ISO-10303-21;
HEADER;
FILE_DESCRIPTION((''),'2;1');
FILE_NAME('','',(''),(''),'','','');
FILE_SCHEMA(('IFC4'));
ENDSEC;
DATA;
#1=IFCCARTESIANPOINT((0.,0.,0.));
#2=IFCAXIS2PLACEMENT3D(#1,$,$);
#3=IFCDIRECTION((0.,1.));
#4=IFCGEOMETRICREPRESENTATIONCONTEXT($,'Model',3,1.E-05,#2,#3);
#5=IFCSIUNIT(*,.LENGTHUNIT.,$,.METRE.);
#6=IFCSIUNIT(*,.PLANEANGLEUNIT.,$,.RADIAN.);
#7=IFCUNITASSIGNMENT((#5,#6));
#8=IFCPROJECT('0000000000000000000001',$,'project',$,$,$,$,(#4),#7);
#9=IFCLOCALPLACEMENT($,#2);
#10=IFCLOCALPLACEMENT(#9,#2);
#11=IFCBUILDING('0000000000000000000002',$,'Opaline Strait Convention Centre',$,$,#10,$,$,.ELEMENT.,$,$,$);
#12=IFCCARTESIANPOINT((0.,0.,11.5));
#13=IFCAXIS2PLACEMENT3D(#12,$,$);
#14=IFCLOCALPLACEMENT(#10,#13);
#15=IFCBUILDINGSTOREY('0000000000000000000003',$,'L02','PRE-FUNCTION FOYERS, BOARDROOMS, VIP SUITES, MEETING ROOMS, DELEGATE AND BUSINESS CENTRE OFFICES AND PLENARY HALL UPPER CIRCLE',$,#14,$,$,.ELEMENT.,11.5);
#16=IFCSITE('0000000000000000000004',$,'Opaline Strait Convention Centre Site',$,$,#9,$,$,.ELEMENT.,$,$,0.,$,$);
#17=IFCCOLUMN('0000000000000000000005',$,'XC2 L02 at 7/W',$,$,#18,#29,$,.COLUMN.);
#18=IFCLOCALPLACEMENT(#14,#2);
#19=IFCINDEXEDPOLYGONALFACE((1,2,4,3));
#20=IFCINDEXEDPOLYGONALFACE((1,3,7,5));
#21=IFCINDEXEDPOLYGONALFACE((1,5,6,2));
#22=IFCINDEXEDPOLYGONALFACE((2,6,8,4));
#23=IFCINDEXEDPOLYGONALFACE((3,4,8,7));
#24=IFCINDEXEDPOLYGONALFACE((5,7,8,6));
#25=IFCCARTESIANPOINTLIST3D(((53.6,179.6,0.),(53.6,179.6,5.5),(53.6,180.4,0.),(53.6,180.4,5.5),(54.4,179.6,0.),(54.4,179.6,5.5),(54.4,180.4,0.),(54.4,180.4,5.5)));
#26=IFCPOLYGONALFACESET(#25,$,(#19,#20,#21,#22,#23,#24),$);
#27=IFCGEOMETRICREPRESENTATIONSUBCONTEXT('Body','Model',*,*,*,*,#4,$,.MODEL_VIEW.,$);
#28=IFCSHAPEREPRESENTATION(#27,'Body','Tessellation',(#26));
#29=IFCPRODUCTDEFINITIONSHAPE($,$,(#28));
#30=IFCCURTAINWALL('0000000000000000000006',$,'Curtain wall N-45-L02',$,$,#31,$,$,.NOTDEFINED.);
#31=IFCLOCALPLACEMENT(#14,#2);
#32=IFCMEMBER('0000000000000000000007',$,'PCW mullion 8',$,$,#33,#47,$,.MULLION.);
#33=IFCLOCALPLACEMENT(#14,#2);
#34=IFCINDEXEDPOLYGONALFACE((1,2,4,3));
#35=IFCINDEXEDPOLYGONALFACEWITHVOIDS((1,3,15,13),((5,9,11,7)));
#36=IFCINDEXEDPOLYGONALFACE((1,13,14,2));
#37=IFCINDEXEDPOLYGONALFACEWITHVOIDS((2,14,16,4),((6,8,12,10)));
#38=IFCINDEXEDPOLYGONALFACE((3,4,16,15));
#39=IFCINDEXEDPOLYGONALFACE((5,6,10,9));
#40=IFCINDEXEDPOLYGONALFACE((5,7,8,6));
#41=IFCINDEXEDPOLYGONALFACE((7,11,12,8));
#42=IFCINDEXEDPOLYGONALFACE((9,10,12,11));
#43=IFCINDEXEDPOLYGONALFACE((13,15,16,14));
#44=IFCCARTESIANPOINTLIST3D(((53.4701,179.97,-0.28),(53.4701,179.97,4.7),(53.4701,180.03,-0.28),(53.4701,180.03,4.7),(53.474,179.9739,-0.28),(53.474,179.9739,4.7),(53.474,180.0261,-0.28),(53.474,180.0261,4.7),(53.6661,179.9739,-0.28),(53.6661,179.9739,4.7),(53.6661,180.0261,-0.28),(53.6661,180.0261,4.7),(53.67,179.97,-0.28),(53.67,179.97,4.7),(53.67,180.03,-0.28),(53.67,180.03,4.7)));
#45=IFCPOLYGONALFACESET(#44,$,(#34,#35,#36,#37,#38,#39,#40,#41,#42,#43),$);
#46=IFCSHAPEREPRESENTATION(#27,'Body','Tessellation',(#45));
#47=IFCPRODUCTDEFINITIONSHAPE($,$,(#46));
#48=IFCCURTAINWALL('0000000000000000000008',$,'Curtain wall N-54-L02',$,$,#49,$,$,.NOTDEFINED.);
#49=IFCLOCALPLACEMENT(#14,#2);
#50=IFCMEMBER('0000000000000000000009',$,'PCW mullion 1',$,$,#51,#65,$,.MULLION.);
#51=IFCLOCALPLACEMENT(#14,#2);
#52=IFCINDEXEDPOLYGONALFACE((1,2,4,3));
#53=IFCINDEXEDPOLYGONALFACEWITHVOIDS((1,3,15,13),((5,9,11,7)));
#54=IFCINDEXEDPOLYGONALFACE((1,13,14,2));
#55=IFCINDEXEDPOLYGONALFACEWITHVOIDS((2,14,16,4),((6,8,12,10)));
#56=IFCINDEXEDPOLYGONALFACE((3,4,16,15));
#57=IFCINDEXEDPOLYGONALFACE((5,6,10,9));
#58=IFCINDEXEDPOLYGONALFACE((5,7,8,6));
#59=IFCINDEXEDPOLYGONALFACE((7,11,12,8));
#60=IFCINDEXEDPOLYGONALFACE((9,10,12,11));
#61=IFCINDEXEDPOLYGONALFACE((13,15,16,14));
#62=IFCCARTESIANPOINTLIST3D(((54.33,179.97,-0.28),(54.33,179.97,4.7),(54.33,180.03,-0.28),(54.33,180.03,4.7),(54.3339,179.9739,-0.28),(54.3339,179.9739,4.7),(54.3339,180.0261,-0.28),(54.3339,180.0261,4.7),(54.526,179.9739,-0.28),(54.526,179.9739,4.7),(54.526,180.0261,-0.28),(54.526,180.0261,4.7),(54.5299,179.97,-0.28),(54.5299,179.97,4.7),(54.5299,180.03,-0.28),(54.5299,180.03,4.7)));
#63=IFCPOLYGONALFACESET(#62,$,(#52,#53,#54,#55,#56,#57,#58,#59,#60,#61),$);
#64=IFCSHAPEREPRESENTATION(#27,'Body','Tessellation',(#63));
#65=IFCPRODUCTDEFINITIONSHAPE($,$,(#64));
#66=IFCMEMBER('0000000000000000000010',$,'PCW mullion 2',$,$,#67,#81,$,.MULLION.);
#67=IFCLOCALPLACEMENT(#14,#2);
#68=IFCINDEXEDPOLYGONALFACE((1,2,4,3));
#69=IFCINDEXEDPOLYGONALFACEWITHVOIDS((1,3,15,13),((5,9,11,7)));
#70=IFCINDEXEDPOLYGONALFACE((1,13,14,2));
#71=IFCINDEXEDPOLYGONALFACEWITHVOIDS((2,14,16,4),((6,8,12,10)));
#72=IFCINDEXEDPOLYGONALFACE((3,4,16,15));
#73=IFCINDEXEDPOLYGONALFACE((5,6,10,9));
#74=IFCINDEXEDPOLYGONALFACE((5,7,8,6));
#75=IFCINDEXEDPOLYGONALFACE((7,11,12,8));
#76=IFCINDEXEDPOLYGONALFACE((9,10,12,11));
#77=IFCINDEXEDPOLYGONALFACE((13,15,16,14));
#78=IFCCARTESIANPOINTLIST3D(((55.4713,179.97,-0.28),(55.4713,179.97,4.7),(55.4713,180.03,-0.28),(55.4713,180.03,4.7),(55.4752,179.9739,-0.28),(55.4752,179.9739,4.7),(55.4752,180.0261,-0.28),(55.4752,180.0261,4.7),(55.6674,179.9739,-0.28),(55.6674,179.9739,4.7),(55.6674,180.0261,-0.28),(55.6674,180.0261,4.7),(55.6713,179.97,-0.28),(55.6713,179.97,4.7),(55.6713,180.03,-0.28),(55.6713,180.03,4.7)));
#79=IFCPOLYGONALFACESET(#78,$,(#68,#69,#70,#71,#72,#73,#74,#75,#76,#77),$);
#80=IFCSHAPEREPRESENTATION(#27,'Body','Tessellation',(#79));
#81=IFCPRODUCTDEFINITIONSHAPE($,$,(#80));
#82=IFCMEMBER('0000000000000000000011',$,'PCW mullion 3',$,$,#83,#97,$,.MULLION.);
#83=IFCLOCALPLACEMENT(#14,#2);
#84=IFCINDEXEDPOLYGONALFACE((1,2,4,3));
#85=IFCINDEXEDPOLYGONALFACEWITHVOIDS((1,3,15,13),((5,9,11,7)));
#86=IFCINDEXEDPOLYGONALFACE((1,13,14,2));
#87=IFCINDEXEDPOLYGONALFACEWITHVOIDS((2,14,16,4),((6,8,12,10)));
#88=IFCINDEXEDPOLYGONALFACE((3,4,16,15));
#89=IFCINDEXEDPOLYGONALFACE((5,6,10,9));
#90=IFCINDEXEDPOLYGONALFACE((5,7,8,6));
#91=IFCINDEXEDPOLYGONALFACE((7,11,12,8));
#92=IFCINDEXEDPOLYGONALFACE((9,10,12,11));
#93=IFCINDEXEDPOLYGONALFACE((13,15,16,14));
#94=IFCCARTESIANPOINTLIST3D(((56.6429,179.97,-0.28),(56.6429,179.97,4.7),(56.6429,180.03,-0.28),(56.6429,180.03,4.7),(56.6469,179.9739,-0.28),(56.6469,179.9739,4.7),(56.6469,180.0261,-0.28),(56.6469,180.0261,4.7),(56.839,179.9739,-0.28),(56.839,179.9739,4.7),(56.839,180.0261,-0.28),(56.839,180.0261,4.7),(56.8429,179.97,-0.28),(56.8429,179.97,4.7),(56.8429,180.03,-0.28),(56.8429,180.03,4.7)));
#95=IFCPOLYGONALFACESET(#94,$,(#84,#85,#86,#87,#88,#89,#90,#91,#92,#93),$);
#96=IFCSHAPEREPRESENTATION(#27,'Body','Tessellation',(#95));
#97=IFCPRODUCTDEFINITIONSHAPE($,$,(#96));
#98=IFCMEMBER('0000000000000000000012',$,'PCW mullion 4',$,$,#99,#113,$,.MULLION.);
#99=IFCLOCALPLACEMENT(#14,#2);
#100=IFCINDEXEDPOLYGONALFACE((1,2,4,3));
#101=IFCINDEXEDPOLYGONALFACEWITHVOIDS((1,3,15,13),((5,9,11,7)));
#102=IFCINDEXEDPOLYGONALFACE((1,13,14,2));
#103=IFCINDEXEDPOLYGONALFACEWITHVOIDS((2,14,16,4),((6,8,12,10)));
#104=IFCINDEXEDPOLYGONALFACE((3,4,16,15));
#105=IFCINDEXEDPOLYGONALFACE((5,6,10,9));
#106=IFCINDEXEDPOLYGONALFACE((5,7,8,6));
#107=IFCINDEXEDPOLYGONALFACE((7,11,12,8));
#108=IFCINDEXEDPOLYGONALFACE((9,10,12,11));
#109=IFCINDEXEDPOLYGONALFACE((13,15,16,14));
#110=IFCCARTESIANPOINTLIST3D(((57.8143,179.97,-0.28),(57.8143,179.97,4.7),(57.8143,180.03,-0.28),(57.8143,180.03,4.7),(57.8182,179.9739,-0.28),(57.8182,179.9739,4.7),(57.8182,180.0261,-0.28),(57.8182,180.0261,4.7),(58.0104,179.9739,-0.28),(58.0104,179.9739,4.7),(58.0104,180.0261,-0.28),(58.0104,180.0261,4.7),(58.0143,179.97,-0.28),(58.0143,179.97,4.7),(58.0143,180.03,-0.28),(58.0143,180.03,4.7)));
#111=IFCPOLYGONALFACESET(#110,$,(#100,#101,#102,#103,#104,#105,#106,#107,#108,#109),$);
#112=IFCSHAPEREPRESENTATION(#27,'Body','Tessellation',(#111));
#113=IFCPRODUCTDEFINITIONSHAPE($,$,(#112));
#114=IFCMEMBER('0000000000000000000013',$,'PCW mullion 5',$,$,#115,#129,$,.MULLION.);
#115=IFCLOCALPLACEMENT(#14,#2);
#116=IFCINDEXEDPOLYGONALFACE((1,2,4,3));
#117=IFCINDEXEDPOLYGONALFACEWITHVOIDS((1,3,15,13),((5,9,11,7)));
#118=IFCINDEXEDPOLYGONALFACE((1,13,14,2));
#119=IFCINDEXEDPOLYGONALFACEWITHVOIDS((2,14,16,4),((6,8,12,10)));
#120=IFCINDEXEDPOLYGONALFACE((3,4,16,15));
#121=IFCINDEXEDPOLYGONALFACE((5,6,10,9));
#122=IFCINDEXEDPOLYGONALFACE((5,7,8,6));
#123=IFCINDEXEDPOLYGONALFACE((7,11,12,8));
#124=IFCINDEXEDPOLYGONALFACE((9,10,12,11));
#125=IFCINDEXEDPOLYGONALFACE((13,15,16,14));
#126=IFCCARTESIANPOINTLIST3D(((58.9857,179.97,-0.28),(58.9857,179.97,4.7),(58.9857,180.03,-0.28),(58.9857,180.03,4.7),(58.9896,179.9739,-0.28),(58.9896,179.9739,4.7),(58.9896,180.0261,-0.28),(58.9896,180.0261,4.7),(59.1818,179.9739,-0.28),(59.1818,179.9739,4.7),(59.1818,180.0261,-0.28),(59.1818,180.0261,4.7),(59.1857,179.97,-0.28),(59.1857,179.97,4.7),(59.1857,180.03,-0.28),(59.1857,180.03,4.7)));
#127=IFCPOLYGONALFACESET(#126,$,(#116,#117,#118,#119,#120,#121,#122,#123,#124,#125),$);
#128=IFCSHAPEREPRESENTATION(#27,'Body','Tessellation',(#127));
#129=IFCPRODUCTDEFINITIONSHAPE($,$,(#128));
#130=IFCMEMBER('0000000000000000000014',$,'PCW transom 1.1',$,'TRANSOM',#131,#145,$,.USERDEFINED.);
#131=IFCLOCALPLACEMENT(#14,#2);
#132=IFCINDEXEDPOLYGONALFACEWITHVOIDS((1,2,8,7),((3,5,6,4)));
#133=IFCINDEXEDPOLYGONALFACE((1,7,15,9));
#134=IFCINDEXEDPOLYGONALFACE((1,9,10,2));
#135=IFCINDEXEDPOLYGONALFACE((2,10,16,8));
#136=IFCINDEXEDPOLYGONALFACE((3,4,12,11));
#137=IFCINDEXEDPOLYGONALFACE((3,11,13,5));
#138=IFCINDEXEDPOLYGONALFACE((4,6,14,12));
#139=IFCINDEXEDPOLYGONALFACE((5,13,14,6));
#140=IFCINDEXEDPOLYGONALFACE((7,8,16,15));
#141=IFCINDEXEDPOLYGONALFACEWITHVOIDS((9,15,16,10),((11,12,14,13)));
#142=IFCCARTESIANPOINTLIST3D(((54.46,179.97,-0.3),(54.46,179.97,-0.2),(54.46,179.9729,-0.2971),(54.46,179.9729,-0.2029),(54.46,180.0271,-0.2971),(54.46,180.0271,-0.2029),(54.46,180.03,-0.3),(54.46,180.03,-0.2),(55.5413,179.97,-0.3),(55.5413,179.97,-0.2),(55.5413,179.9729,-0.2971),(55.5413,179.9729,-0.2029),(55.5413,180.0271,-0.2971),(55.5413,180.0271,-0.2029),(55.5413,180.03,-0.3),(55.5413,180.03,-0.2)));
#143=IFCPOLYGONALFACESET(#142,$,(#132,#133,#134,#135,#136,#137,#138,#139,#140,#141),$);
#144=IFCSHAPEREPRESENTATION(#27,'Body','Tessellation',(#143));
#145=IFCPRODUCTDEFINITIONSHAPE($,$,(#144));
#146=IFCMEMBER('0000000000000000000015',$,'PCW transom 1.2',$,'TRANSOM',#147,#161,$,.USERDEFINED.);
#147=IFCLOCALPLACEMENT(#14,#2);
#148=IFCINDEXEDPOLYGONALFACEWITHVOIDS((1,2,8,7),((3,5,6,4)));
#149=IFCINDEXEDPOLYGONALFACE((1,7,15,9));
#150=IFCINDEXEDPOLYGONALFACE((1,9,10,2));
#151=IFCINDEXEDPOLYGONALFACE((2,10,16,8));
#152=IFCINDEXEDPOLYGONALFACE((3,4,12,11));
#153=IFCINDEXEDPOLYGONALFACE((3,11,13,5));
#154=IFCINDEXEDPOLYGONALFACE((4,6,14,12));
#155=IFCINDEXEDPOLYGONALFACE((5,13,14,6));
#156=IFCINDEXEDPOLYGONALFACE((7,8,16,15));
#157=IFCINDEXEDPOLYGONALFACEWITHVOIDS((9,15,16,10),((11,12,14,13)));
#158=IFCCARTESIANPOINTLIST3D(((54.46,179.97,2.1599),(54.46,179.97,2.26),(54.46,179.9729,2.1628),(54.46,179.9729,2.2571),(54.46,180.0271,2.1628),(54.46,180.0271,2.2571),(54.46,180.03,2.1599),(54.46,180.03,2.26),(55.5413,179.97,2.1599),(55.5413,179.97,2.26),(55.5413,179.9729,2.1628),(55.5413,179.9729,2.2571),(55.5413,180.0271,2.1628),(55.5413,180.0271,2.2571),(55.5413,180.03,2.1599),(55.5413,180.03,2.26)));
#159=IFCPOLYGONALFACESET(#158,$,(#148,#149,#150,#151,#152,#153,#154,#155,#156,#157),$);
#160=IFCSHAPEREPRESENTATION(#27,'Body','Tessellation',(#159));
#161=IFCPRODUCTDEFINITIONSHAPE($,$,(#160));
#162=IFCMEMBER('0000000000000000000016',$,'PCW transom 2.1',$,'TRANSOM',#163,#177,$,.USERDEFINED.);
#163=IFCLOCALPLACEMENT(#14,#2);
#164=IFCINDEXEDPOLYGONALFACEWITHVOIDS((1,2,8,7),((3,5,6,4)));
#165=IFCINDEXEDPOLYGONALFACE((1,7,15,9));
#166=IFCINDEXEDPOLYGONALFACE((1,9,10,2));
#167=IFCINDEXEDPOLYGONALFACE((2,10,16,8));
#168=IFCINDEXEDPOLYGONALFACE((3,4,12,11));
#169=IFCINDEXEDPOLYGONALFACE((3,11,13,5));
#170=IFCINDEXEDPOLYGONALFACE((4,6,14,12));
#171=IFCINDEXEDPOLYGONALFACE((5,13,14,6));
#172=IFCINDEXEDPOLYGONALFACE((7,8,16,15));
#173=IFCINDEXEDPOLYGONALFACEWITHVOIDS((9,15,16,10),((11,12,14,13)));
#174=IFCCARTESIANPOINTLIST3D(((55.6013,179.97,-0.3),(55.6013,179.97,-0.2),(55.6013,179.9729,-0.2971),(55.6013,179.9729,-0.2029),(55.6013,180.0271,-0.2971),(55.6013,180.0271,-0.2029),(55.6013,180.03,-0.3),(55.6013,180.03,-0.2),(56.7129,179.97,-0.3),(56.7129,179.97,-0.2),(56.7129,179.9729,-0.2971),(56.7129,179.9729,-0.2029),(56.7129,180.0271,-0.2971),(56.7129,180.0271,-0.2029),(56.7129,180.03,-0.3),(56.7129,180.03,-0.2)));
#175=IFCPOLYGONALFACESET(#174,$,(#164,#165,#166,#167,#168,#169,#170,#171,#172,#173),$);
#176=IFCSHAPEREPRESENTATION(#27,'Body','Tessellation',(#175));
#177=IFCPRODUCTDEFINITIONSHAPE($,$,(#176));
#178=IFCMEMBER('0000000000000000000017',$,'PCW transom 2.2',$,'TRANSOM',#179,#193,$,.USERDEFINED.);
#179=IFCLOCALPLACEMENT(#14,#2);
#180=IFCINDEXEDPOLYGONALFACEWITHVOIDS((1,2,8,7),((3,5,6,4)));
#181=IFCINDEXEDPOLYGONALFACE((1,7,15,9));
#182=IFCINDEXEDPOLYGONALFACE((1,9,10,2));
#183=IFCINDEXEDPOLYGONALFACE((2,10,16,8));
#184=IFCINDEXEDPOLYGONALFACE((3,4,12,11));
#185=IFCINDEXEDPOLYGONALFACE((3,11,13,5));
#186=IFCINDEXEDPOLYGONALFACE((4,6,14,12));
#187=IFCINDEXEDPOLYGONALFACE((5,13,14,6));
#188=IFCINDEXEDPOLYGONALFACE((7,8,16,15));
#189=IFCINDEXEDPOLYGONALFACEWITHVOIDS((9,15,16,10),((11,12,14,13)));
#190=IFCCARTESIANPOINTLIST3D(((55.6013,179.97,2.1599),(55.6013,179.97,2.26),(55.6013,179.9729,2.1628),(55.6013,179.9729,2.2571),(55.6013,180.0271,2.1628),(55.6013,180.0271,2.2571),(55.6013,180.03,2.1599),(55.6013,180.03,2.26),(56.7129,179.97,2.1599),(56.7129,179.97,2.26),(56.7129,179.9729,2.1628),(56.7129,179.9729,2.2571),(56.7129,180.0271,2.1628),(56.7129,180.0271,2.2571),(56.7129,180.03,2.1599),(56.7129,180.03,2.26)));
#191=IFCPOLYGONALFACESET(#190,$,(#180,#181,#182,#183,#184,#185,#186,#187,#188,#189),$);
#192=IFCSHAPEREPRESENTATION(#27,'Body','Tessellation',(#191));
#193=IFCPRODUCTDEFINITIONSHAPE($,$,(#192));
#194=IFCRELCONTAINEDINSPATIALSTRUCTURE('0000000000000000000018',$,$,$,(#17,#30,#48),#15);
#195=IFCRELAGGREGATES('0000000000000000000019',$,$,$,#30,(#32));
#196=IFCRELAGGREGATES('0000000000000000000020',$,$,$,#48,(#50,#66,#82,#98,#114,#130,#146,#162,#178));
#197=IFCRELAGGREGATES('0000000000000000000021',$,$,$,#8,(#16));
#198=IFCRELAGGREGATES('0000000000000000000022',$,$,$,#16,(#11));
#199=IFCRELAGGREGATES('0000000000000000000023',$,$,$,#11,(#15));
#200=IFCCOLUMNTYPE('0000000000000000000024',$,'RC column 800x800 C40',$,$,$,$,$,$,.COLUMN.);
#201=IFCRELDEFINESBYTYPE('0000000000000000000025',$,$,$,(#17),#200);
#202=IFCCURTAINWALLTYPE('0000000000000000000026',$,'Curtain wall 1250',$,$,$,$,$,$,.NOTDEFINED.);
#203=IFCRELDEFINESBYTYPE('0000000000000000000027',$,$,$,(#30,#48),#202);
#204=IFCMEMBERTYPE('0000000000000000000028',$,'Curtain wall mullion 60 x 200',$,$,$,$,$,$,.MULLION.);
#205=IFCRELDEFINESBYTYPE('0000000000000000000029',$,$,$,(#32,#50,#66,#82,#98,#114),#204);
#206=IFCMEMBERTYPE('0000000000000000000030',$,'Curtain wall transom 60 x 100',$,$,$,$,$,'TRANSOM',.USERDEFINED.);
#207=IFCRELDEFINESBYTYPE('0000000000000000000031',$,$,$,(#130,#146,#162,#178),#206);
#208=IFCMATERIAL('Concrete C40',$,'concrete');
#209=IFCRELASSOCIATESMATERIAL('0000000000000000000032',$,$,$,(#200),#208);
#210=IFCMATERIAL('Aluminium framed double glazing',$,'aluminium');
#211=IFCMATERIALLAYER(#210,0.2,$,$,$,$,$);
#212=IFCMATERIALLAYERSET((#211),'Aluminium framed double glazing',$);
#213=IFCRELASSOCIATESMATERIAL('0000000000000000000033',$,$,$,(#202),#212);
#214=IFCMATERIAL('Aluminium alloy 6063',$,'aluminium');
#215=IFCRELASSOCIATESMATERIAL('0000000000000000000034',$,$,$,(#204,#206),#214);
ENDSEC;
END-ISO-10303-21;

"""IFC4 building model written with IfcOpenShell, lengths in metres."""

from ifc_helpers import new_model, si_unit, direction, frame, origin, origin_2d, place, context, subcontext, project, spatial, rectangle, hollow_rectangle, extrude, material, layer, layer_set, material_profile, profile_set, type_object, element, aggregate, save


model = new_model("IFC4")

# Units and contexts
model_context = context("Model", 3, precision=1e-05, world=origin(), true_north=direction((0.0, 1.0)))
body_context = subcontext(model_context, "Body", "Model", "MODEL_VIEW")
ifc_project = project(units=[si_unit("LENGTHUNIT", "METRE"), si_unit("PLANEANGLEUNIT", "RADIAN")], contexts=[model_context])

# Site, building, storey
site_placement = place(None, origin())
site = spatial("IfcSite", under=ifc_project, at=site_placement, Name="Opaline Strait Convention Centre Site", CompositionType="ELEMENT", RefElevation=0.0)
building_placement = place(site_placement, origin())
building = spatial("IfcBuilding", under=site, at=building_placement, Name="Opaline Strait Convention Centre", CompositionType="ELEMENT")
storey_placement = place(building_placement, frame((0.0, 0.0, 11.5)))
storey = spatial("IfcBuildingStorey", under=building, at=storey_placement, Name="L02", Description="PRE-FUNCTION FOYERS, BOARDROOMS, VIP SUITES, MEETING ROOMS, DELEGATE AND BUSINESS CENTRE OFFICES AND PLENARY HALL UPPER CIRCLE", CompositionType="ELEMENT", Elevation=11.5)

# Column
ifc_material_1 = material(Name="Concrete C40", Category="concrete")
ifc_material_profile_1 = material_profile(ifc_material_1, rectangle(XDim=0.8, YDim=0.8, at=origin_2d()), Name="RC 800x800")
ifc_profile_set_1 = profile_set([ifc_material_profile_1], Name="Concrete C40")
column_type = type_object("IfcColumnType", Name="RC column 800x800 C40", PredefinedType="COLUMN", material=ifc_profile_set_1)
column_placement = place(storey_placement, frame((54.0, 180.0, 0.0), z_axis=(0.0, 0.0, 1.0), x_axis=(1.0, 0.0, 0.0)))
element("IfcColumn", 1, at=column_placement, inside=storey, type_object=column_type, Name="XC2 L02 at 7/W", PredefinedType="COLUMN", context=body_context, shape_type="SweptSolid", body=[
    extrude(rectangle(XDim=0.8, YDim=0.8, at=origin_2d()), origin(), (0.0, 0.0, 1.0), 5.5),
])

# Curtain wall, member
ifc_material_2 = material(Name="Aluminium framed double glazing", Category="aluminium")
ifc_layer_1 = layer(ifc_material_2, 0.2)
ifc_layer_set_1 = layer_set([ifc_layer_1], Name="Aluminium framed double glazing")
curtain_wall_type = type_object("IfcCurtainWallType", Name="Curtain wall 1250", PredefinedType="NOTDEFINED", material=ifc_layer_set_1)
curtain_wall_1_placement = place(storey_placement, origin())
curtain_wall_1 = element("IfcCurtainWall", 2, at=curtain_wall_1_placement, inside=storey, type_object=curtain_wall_type, Name="Curtain wall N-45-L02", PredefinedType="NOTDEFINED")
ifc_material_3 = material(Name="Aluminium alloy 6063", Category="aluminium")
ifc_material_profile_2 = material_profile(ifc_material_3, hollow_rectangle(XDim=0.0601, YDim=0.2, WallThickness=0.0039, at=origin_2d()), Name="MULLION 60x200x4")
ifc_profile_set_2 = profile_set([ifc_material_profile_2], Name="Aluminium alloy 6063")
member_type_1 = type_object("IfcMemberType", Name="Curtain wall mullion 60 x 200", PredefinedType="MULLION", material=ifc_profile_set_2)
member_1_placement = place(storey_placement, frame((53.5701, 180.0, -0.28), z_axis=(0.0, 0.0, 1.0), x_axis=(0.0, 1.0, 0.0)))
member_1 = element("IfcMember", 3, at=member_1_placement, type_object=member_type_1, Name="PCW mullion 8", PredefinedType="MULLION", context=body_context, shape_type="SweptSolid", body=[
    extrude(hollow_rectangle(XDim=0.0601, YDim=0.2, WallThickness=0.0039, at=origin_2d()), origin(), (0.0, 0.0, 1.0), 4.98),
])

# Curtain wall, members
curtain_wall_2_placement = place(storey_placement, origin())
curtain_wall_2 = element("IfcCurtainWall", 4, at=curtain_wall_2_placement, inside=storey, type_object=curtain_wall_type, Name="Curtain wall N-54-L02", PredefinedType="NOTDEFINED")
member_2_placement = place(storey_placement, frame((54.4299, 180.0, -0.28), z_axis=(0.0, 0.0, 1.0), x_axis=(0.0, 1.0, 0.0)))
member_2 = element("IfcMember", 5, at=member_2_placement, type_object=member_type_1, Name="PCW mullion 1", PredefinedType="MULLION", context=body_context, shape_type="SweptSolid", body=[
    extrude(hollow_rectangle(XDim=0.0601, YDim=0.2, WallThickness=0.0039, at=origin_2d()), origin(), (0.0, 0.0, 1.0), 4.98),
])
member_3_placement = place(storey_placement, frame((55.5713, 180.0, -0.28), z_axis=(0.0, 0.0, 1.0), x_axis=(0.0, 1.0, 0.0)))
member_3 = element("IfcMember", 6, at=member_3_placement, type_object=member_type_1, Name="PCW mullion 2", PredefinedType="MULLION", context=body_context, shape_type="SweptSolid", body=[
    extrude(hollow_rectangle(XDim=0.0601, YDim=0.2, WallThickness=0.0039, at=origin_2d()), origin(), (0.0, 0.0, 1.0), 4.98),
])
member_4_placement = place(storey_placement, frame((56.7429, 180.0, -0.28), z_axis=(0.0, 0.0, 1.0), x_axis=(0.0, 1.0, 0.0)))
member_4 = element("IfcMember", 7, at=member_4_placement, type_object=member_type_1, Name="PCW mullion 3", PredefinedType="MULLION", context=body_context, shape_type="SweptSolid", body=[
    extrude(hollow_rectangle(XDim=0.0601, YDim=0.2, WallThickness=0.0039, at=origin_2d()), origin(), (0.0, 0.0, 1.0), 4.98),
])
member_5_placement = place(storey_placement, frame((57.9143, 180.0, -0.28), z_axis=(0.0, 0.0, 1.0), x_axis=(0.0, 1.0, 0.0)))
member_5 = element("IfcMember", 8, at=member_5_placement, type_object=member_type_1, Name="PCW mullion 4", PredefinedType="MULLION", context=body_context, shape_type="SweptSolid", body=[
    extrude(hollow_rectangle(XDim=0.0601, YDim=0.2, WallThickness=0.0039, at=origin_2d()), origin(), (0.0, 0.0, 1.0), 4.98),
])
member_6_placement = place(storey_placement, frame((59.0857, 180.0, -0.28), z_axis=(0.0, 0.0, 1.0), x_axis=(0.0, 1.0, 0.0)))
member_6 = element("IfcMember", 9, at=member_6_placement, type_object=member_type_1, Name="PCW mullion 5", PredefinedType="MULLION", context=body_context, shape_type="SweptSolid", body=[
    extrude(hollow_rectangle(XDim=0.0601, YDim=0.2, WallThickness=0.0039, at=origin_2d()), origin(), (0.0, 0.0, 1.0), 4.98),
])
ifc_material_profile_3 = material_profile(ifc_material_3, hollow_rectangle(XDim=0.0601, YDim=0.1001, WallThickness=0.0029, at=origin_2d()), Name="TRANSOM 60x100x3")
ifc_profile_set_3 = profile_set([ifc_material_profile_3], Name="Aluminium alloy 6063")
member_type_2 = type_object("IfcMemberType", Name="Curtain wall transom 60 x 100", ElementType="TRANSOM", PredefinedType="USERDEFINED", material=ifc_profile_set_3)
member_7_placement = place(storey_placement, frame((54.46, 180.0, -0.25), z_axis=(1.0, 0.0, 0.0), x_axis=(0.0, 1.0, 0.0)))
member_7 = element("IfcMember", 10, at=member_7_placement, type_object=member_type_2, Name="PCW transom 1.1", ObjectType="TRANSOM", PredefinedType="USERDEFINED", context=body_context, shape_type="SweptSolid", body=[
    extrude(hollow_rectangle(XDim=0.0601, YDim=0.1001, WallThickness=0.0029, at=origin_2d()), origin(), (0.0, 0.0, 1.0), 1.0813),
])
member_8_placement = place(storey_placement, frame((54.46, 180.0, 2.21), z_axis=(1.0, 0.0, 0.0), x_axis=(0.0, 1.0, 0.0)))
member_8 = element("IfcMember", 11, at=member_8_placement, type_object=member_type_2, Name="PCW transom 1.2", ObjectType="TRANSOM", PredefinedType="USERDEFINED", context=body_context, shape_type="SweptSolid", body=[
    extrude(hollow_rectangle(XDim=0.0601, YDim=0.1001, WallThickness=0.0029, at=origin_2d()), origin(), (0.0, 0.0, 1.0), 1.0813),
])
member_9_placement = place(storey_placement, frame((55.6013, 180.0, -0.25), z_axis=(1.0, 0.0, 0.0), x_axis=(0.0, 1.0, 0.0)))
member_9 = element("IfcMember", 12, at=member_9_placement, type_object=member_type_2, Name="PCW transom 2.1", ObjectType="TRANSOM", PredefinedType="USERDEFINED", context=body_context, shape_type="SweptSolid", body=[
    extrude(hollow_rectangle(XDim=0.0601, YDim=0.1001, WallThickness=0.0029, at=origin_2d()), origin(), (0.0, 0.0, 1.0), 1.1116),
])
member_10_placement = place(storey_placement, frame((55.6013, 180.0, 2.21), z_axis=(1.0, 0.0, 0.0), x_axis=(0.0, 1.0, 0.0)))
member_10 = element("IfcMember", 13, at=member_10_placement, type_object=member_type_2, Name="PCW transom 2.2", ObjectType="TRANSOM", PredefinedType="USERDEFINED", context=body_context, shape_type="SweptSolid", body=[
    extrude(hollow_rectangle(XDim=0.0601, YDim=0.1001, WallThickness=0.0029, at=origin_2d()), origin(), (0.0, 0.0, 1.0), 1.1116),
])

aggregate(curtain_wall_1, [member_1])
aggregate(curtain_wall_2, [member_2, member_3, member_4, member_5, member_6, member_7, member_8, member_9, member_10])

save(model, "model.ifc")
